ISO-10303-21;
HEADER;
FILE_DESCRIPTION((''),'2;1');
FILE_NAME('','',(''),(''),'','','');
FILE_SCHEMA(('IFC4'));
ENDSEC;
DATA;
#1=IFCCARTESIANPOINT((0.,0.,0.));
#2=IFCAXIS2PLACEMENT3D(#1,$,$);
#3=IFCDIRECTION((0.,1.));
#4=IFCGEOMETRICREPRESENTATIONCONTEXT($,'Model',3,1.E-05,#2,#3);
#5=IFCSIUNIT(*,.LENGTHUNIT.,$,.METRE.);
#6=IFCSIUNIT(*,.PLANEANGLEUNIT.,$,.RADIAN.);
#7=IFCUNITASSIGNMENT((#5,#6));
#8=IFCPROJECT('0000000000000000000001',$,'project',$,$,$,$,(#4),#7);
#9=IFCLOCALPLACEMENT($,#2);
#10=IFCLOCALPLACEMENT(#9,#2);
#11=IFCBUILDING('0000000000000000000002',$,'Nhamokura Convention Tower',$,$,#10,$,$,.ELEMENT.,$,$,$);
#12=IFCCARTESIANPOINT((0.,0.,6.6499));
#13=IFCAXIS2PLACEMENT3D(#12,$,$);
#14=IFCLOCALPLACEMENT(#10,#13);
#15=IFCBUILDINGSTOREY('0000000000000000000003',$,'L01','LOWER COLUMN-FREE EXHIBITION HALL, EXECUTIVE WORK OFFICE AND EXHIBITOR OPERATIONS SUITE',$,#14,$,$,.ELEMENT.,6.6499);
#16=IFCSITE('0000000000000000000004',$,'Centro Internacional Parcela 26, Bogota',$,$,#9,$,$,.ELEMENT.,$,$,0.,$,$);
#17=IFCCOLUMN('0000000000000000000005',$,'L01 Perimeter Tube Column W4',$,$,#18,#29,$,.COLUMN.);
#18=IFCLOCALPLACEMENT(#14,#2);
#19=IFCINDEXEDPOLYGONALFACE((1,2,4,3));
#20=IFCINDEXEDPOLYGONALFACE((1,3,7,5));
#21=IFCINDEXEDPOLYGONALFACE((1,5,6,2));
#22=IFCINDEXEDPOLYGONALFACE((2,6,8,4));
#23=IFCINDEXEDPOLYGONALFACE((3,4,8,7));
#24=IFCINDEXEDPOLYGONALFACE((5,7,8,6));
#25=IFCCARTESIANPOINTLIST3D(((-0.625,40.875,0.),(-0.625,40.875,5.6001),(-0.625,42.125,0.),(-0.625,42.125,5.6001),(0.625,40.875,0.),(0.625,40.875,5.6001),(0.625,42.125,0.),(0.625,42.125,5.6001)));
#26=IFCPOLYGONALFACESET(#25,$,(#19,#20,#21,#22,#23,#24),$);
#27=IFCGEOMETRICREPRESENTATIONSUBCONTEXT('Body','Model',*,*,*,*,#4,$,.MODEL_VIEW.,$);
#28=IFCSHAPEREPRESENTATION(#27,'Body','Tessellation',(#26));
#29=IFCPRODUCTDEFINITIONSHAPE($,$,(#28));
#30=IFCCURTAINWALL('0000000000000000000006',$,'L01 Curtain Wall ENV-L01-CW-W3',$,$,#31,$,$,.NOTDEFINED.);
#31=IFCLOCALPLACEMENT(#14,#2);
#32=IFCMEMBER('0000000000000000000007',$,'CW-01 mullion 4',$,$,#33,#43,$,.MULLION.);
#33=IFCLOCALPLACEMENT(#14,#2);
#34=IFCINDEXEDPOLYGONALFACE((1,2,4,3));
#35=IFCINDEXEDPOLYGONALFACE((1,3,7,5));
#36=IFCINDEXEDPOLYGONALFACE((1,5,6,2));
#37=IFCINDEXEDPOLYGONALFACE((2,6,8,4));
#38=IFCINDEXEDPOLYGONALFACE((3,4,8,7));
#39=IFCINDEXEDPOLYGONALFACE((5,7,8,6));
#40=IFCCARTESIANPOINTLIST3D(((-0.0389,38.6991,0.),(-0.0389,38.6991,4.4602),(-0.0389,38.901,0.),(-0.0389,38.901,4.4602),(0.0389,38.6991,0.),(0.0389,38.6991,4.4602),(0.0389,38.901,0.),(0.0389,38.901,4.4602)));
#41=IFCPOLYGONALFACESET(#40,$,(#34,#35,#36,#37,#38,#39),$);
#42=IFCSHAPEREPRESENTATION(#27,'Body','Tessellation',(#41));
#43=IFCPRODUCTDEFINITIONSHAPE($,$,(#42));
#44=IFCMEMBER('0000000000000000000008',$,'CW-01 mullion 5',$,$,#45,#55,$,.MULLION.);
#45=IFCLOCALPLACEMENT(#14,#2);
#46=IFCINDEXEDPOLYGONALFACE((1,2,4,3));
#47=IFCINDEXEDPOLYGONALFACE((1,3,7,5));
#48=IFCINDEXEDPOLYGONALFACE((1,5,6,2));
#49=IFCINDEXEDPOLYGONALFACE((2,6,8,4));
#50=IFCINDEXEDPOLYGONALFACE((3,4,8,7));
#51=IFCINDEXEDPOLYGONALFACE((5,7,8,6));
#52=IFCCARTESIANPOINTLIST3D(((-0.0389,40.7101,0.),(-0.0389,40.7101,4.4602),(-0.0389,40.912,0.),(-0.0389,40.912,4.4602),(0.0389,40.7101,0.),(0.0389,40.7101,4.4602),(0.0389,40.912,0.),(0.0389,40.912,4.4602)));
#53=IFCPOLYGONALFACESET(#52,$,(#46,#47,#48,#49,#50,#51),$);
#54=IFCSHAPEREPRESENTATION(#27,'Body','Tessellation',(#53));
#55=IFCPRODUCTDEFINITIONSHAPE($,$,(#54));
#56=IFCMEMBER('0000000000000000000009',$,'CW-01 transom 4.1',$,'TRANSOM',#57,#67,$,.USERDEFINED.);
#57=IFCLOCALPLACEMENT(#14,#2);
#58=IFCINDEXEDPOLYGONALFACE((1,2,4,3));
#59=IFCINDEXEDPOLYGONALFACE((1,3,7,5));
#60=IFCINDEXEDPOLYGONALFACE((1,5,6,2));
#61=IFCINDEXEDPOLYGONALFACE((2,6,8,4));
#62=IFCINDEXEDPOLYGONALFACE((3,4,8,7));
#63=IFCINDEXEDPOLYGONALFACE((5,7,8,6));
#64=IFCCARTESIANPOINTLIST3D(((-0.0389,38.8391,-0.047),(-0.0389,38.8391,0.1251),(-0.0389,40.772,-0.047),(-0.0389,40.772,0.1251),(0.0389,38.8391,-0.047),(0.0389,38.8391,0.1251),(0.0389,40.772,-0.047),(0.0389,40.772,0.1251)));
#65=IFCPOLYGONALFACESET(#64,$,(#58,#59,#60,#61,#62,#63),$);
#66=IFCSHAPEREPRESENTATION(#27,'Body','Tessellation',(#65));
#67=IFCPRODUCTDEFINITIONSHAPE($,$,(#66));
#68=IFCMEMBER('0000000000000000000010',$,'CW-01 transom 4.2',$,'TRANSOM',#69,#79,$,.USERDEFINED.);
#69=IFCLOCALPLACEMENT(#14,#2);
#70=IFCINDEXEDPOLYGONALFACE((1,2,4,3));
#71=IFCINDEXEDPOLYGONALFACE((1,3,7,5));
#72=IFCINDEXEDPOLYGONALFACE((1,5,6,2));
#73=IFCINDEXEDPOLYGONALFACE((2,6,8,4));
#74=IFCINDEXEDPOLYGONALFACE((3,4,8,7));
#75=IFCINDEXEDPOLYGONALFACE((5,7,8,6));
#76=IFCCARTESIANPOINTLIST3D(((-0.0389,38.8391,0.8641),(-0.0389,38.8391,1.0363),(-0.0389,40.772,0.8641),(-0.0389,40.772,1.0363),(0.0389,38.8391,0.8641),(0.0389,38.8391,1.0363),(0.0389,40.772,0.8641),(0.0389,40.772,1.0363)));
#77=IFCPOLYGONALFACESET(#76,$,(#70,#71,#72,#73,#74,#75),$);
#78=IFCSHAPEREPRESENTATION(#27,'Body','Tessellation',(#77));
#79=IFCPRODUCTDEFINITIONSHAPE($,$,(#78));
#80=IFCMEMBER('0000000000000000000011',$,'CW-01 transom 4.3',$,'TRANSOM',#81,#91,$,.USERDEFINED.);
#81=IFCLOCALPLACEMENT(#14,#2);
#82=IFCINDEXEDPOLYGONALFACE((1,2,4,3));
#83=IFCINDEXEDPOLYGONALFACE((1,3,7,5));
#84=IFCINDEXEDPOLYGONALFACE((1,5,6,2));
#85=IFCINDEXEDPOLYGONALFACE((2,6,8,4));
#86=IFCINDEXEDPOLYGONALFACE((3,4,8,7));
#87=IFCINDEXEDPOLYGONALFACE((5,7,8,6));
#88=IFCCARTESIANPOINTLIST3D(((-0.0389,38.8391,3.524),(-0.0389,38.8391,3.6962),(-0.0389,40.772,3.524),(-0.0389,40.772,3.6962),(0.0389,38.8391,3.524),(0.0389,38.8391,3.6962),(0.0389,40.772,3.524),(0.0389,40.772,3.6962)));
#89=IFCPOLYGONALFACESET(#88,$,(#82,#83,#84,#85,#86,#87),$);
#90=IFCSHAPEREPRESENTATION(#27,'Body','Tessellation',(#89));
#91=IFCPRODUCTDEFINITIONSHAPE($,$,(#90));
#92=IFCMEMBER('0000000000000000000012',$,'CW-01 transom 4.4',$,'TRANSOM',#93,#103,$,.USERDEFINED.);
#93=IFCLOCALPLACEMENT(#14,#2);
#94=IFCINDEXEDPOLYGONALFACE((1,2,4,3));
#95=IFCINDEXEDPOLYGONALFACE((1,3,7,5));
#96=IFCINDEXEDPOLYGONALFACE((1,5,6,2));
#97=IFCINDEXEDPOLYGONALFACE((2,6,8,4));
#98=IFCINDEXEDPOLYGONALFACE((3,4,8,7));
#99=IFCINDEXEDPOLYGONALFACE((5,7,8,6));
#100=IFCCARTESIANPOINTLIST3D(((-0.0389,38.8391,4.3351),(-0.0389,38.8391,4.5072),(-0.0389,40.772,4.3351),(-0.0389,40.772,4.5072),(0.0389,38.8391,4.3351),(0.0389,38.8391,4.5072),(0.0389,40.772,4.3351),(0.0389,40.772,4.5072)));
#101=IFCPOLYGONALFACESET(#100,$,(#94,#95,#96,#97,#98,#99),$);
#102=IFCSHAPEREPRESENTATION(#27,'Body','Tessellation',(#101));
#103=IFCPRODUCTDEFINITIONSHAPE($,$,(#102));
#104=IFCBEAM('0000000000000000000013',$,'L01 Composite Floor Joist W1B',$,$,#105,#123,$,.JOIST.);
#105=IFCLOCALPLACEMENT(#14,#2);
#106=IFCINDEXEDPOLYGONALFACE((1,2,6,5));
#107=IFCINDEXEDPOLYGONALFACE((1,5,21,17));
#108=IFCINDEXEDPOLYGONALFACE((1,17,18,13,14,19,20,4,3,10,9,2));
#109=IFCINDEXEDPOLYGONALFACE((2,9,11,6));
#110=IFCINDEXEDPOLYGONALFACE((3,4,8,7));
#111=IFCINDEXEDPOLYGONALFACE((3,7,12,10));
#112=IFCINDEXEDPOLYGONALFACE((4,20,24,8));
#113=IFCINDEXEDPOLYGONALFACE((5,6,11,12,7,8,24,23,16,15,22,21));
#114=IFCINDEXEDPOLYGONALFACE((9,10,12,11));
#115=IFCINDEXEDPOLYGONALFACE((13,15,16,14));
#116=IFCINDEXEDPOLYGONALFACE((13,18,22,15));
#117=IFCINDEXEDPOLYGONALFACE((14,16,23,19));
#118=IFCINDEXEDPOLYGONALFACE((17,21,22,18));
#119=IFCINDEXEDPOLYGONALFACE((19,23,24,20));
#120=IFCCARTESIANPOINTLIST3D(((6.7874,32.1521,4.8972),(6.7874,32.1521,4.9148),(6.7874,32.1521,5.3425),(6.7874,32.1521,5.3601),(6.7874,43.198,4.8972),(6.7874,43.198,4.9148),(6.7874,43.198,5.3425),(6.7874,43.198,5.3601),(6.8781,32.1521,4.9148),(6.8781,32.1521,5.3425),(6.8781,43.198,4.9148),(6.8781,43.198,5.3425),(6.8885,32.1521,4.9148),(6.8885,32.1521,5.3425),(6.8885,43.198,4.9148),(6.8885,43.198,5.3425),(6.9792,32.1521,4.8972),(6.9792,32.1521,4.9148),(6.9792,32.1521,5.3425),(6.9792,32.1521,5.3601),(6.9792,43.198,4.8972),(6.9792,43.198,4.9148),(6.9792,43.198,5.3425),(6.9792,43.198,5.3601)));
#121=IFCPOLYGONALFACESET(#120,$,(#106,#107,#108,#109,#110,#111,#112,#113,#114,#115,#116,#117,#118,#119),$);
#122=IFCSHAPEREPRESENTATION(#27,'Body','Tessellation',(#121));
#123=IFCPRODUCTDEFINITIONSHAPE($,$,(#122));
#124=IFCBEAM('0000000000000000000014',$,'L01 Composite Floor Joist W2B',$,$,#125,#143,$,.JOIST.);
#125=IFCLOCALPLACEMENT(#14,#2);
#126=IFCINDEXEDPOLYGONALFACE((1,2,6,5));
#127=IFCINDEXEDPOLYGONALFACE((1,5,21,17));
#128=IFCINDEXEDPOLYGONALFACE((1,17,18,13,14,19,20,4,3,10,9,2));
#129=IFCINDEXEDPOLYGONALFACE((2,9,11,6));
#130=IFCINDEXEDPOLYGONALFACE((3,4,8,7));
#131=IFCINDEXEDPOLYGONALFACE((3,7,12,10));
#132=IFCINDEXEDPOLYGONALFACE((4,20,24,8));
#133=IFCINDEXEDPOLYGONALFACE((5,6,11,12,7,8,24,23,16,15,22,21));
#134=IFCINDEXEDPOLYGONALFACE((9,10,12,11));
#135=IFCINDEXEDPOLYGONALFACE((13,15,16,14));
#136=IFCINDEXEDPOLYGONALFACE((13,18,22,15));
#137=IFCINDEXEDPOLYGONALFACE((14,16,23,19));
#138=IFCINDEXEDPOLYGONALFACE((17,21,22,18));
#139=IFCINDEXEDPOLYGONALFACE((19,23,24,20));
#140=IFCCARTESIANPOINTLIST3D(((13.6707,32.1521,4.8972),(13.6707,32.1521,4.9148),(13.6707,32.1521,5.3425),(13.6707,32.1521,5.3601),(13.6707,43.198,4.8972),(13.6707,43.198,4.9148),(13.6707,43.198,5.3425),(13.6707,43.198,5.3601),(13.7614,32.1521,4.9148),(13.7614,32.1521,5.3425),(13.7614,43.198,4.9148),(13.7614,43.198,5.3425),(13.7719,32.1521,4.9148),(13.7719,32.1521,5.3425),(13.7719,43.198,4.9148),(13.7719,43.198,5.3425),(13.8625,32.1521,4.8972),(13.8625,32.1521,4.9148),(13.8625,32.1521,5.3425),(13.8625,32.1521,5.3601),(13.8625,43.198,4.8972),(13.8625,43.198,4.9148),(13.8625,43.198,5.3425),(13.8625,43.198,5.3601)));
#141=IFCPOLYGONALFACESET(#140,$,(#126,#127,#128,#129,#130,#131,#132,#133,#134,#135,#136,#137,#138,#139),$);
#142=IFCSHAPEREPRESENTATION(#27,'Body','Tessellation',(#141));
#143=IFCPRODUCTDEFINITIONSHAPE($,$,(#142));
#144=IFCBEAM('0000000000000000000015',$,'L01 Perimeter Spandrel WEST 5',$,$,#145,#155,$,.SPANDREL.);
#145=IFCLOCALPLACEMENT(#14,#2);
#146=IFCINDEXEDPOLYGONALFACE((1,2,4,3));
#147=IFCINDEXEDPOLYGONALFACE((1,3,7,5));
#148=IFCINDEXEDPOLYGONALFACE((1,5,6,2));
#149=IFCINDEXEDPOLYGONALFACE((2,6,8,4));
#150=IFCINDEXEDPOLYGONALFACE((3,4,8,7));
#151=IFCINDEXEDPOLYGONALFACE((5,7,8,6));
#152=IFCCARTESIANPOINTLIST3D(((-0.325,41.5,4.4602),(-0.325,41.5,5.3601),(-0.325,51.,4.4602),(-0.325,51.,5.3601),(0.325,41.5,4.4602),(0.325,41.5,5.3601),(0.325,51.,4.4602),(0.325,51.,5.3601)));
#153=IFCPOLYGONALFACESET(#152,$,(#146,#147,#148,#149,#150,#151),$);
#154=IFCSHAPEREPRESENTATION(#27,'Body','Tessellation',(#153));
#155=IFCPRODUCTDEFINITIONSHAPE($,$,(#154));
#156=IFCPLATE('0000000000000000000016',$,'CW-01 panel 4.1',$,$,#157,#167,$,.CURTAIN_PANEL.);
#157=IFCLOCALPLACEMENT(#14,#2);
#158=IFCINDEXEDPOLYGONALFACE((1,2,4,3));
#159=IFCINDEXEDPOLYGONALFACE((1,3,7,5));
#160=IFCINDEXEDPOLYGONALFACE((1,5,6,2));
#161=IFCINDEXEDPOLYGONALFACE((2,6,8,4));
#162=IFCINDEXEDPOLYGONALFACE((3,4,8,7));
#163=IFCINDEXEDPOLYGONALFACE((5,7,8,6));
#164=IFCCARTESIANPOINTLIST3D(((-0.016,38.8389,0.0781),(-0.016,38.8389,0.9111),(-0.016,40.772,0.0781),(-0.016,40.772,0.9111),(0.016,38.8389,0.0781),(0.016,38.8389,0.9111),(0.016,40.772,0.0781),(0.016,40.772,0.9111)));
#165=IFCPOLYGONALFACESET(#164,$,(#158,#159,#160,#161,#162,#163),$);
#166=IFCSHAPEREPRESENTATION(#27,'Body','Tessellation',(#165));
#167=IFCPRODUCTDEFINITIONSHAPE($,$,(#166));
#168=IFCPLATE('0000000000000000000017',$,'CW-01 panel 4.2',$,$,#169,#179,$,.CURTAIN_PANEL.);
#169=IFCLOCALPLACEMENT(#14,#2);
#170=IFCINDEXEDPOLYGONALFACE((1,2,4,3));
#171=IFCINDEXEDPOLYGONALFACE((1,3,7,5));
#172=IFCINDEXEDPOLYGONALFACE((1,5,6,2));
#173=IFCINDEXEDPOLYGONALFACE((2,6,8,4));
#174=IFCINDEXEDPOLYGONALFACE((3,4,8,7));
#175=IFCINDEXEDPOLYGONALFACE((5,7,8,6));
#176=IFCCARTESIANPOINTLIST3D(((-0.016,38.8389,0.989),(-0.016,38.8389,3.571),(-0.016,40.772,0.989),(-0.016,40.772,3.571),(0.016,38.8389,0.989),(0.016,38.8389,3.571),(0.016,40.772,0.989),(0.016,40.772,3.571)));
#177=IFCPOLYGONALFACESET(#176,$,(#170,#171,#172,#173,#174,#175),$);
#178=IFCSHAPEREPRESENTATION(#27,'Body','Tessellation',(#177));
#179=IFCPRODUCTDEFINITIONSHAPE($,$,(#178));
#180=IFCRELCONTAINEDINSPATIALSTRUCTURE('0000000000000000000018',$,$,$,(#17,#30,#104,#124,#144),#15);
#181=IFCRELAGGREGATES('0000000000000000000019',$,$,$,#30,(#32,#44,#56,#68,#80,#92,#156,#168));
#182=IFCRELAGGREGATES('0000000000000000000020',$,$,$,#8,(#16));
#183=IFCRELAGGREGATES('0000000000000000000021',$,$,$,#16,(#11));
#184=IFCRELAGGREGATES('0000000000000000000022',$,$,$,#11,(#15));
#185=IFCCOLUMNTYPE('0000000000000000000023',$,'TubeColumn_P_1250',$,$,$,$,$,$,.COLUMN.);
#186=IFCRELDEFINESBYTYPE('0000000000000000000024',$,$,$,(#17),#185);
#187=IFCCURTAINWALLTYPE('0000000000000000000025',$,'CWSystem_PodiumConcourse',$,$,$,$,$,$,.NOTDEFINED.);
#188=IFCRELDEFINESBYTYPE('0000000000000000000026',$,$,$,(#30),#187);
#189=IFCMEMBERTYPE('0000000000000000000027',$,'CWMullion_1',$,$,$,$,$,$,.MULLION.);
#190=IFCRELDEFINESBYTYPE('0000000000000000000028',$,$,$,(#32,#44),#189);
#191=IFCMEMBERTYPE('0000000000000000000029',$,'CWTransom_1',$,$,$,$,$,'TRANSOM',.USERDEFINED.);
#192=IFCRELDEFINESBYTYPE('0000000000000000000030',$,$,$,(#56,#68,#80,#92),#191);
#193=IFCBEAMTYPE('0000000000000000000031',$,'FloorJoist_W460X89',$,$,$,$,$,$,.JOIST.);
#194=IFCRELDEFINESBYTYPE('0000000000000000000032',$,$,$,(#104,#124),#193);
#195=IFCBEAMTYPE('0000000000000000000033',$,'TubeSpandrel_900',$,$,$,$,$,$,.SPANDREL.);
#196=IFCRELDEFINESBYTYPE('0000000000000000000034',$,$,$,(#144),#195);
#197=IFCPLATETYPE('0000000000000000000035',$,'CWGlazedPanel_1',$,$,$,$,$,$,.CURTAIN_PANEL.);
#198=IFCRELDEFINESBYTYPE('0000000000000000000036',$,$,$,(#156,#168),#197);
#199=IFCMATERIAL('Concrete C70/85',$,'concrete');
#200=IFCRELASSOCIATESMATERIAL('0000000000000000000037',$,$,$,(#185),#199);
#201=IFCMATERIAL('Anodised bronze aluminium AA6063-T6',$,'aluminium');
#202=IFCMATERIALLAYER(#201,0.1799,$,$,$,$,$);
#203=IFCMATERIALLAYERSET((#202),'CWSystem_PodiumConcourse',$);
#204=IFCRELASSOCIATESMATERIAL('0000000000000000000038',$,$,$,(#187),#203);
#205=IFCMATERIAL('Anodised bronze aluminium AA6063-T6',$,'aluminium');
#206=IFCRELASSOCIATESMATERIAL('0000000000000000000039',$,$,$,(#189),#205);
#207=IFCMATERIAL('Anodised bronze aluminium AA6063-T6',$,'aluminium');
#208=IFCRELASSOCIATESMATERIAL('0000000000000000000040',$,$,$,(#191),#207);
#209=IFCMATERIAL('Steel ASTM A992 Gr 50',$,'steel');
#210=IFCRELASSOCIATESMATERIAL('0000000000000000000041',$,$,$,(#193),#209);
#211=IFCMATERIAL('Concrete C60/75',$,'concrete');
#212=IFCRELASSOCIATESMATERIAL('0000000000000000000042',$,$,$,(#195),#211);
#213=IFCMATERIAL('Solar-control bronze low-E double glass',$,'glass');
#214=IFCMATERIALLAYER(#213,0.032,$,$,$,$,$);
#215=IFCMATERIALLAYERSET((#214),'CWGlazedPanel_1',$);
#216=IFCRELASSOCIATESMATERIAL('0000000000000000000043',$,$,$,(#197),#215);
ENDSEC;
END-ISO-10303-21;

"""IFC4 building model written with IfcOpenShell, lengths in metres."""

from ifc_helpers import new_model, si_unit, direction, frame, origin, origin_2d, place, context, subcontext, project, spatial, rectangle, i_section, extrude, material, layer, layer_set, material_profile, profile_set, type_object, element, aggregate, save


model = new_model("IFC4")

# Units and contexts
model_context = context("Model", 3, precision=1e-05, world=origin(), true_north=direction((0.0, 1.0)))
body_context = subcontext(model_context, "Body", "Model", "MODEL_VIEW")
ifc_project = project(units=[si_unit("LENGTHUNIT", "METRE"), si_unit("PLANEANGLEUNIT", "RADIAN")], contexts=[model_context])

# Site, building, storey
site_placement = place(None, origin())
site = spatial("IfcSite", under=ifc_project, at=site_placement, Name="Centro Internacional Parcela 26, Bogota", CompositionType="ELEMENT", RefElevation=0.0)
building_placement = place(site_placement, origin())
building = spatial("IfcBuilding", under=site, at=building_placement, Name="Nhamokura Convention Tower", CompositionType="ELEMENT")
storey_placement = place(building_placement, frame((0.0, 0.0, 6.6499)))
storey = spatial("IfcBuildingStorey", under=building, at=storey_placement, Name="L01", Description="LOWER COLUMN-FREE EXHIBITION HALL, EXECUTIVE WORK OFFICE AND EXHIBITOR OPERATIONS SUITE", CompositionType="ELEMENT", Elevation=6.6499)

# Column
ifc_material_1 = material(Name="Concrete C70/85", Category="concrete")
ifc_material_profile_1 = material_profile(ifc_material_1, rectangle(XDim=1.25, YDim=1.25, at=origin_2d()))
ifc_profile_set_1 = profile_set([ifc_material_profile_1], Name="Concrete C70/85")
column_type = type_object("IfcColumnType", Name="TubeColumn_P_1250", PredefinedType="COLUMN", material=ifc_profile_set_1)
column_placement = place(storey_placement, frame((0.0, 41.5, 0.0), z_axis=(0.0, 0.0, 1.0), x_axis=(1.0, 0.0, 0.0)))
element("IfcColumn", 1, at=column_placement, inside=storey, type_object=column_type, Name="L01 Perimeter Tube Column W4", PredefinedType="COLUMN", context=body_context, shape_type="SweptSolid", body=[
    extrude(rectangle(XDim=1.25, YDim=1.25, at=origin_2d()), origin(), (0.0, 0.0, 1.0), 5.6001),
])

# Curtain wall, members
ifc_material_2 = material(Name="Anodised bronze aluminium AA6063-T6", Category="aluminium")
ifc_layer_1 = layer(ifc_material_2, 0.1799)
ifc_layer_set_1 = layer_set([ifc_layer_1], Name="CWSystem_PodiumConcourse")
curtain_wall_type = type_object("IfcCurtainWallType", Name="CWSystem_PodiumConcourse", PredefinedType="NOTDEFINED", material=ifc_layer_set_1)
curtain_wall_placement = place(storey_placement, origin())
curtain_wall = element("IfcCurtainWall", 2, at=curtain_wall_placement, inside=storey, type_object=curtain_wall_type, Name="L01 Curtain Wall ENV-L01-CW-W3", PredefinedType="NOTDEFINED")
ifc_material_3 = material(Name="Anodised bronze aluminium AA6063-T6", Category="aluminium")
ifc_material_profile_2 = material_profile(ifc_material_3, rectangle(XDim=0.0779, YDim=0.2019, at=origin_2d()))
ifc_profile_set_2 = profile_set([ifc_material_profile_2], Name="Anodised bronze aluminium AA6063-T6")
member_type_1 = type_object("IfcMemberType", Name="CWMullion_1", PredefinedType="MULLION", material=ifc_profile_set_2)
member_1_placement = place(storey_placement, frame((0.0, 38.8, 0.0), z_axis=(0.0, 0.0, 1.0), x_axis=(-1.0, 0.0, 0.0)))
member_1 = element("IfcMember", 3, at=member_1_placement, type_object=member_type_1, Name="CW-01 mullion 4", PredefinedType="MULLION", context=body_context, shape_type="SweptSolid", body=[
    extrude(rectangle(XDim=0.0779, YDim=0.2019, at=origin_2d()), origin(), (0.0, 0.0, 1.0), 4.4602),
])
member_2_placement = place(storey_placement, frame((0.0, 40.811, 0.0), z_axis=(0.0, 0.0, 1.0), x_axis=(-1.0, 0.0, 0.0)))
member_2 = element("IfcMember", 4, at=member_2_placement, type_object=member_type_1, Name="CW-01 mullion 5", PredefinedType="MULLION", context=body_context, shape_type="SweptSolid", body=[
    extrude(rectangle(XDim=0.0779, YDim=0.2019, at=origin_2d()), origin(), (0.0, 0.0, 1.0), 4.4602),
])
ifc_material_4 = material(Name="Anodised bronze aluminium AA6063-T6", Category="aluminium")
ifc_material_profile_3 = material_profile(ifc_material_4, rectangle(XDim=0.0779, YDim=0.1721, at=origin_2d()))
ifc_profile_set_3 = profile_set([ifc_material_profile_3], Name="Anodised bronze aluminium AA6063-T6")
member_type_2 = type_object("IfcMemberType", Name="CWTransom_1", ElementType="TRANSOM", PredefinedType="USERDEFINED", material=ifc_profile_set_3)
member_3_placement = place(storey_placement, frame((0.0, 38.8391, 0.0391), z_axis=(0.0, 1.0, 0.0), x_axis=(-1.0, 0.0, 0.0)))
member_3 = element("IfcMember", 5, at=member_3_placement, type_object=member_type_2, Name="CW-01 transom 4.1", ObjectType="TRANSOM", PredefinedType="USERDEFINED", context=body_context, shape_type="SweptSolid", body=[
    extrude(rectangle(XDim=0.0779, YDim=0.1721, at=origin_2d()), origin(), (0.0, 0.0, 1.0), 1.9329),
])
member_4_placement = place(storey_placement, frame((0.0, 38.8391, 0.9502), z_axis=(0.0, 1.0, 0.0), x_axis=(-1.0, 0.0, 0.0)))
member_4 = element("IfcMember", 6, at=member_4_placement, type_object=member_type_2, Name="CW-01 transom 4.2", ObjectType="TRANSOM", PredefinedType="USERDEFINED", context=body_context, shape_type="SweptSolid", body=[
    extrude(rectangle(XDim=0.0779, YDim=0.1721, at=origin_2d()), origin(), (0.0, 0.0, 1.0), 1.9329),
])
member_5_placement = place(storey_placement, frame((0.0, 38.8391, 3.6101), z_axis=(0.0, 1.0, 0.0), x_axis=(-1.0, 0.0, 0.0)))
member_5 = element("IfcMember", 7, at=member_5_placement, type_object=member_type_2, Name="CW-01 transom 4.3", ObjectType="TRANSOM", PredefinedType="USERDEFINED", context=body_context, shape_type="SweptSolid", body=[
    extrude(rectangle(XDim=0.0779, YDim=0.1721, at=origin_2d()), origin(), (0.0, 0.0, 1.0), 1.9329),
])
member_6_placement = place(storey_placement, frame((0.0, 38.8391, 4.4211), z_axis=(0.0, 1.0, 0.0), x_axis=(-1.0, 0.0, 0.0)))
member_6 = element("IfcMember", 8, at=member_6_placement, type_object=member_type_2, Name="CW-01 transom 4.4", ObjectType="TRANSOM", PredefinedType="USERDEFINED", context=body_context, shape_type="SweptSolid", body=[
    extrude(rectangle(XDim=0.0779, YDim=0.1721, at=origin_2d()), origin(), (0.0, 0.0, 1.0), 1.9329),
])

# Beams
ifc_material_5 = material(Name="Steel ASTM A992 Gr 50", Category="steel")
ifc_material_profile_4 = material_profile(ifc_material_5, i_section(OverallWidth=0.1919, OverallDepth=0.4629, WebThickness=0.0105, FlangeThickness=0.0176, at=origin_2d()))
ifc_profile_set_4 = profile_set([ifc_material_profile_4], Name="Steel ASTM A992 Gr 50")
beam_type_1 = type_object("IfcBeamType", Name="FloorJoist_W460X89", PredefinedType="JOIST", material=ifc_profile_set_4)
for number, where, z_axis, x_axis, name in (
    (9, (6.8833, 32.1521, 5.1287), (0.0, 1.0, 0.0), (-1.0, 0.0, 0.0), "L01 Composite Floor Joist W1B"),
    (10, (13.7666, 32.1521, 5.1287), (0.0, 1.0, 0.0), (-1.0, 0.0, 0.0), "L01 Composite Floor Joist W2B"),
):
    element("IfcBeam", number, at=place(storey_placement, frame(where, z_axis=z_axis, x_axis=x_axis)), inside=storey, type_object=beam_type_1, Name=name, PredefinedType="JOIST", context=body_context, shape_type="SweptSolid", body=[
        extrude(i_section(OverallWidth=0.1919, OverallDepth=0.4629, WebThickness=0.0105, FlangeThickness=0.0176, at=origin_2d()), origin(), (0.0, 0.0, 1.0), 11.0459),
    ])
ifc_material_6 = material(Name="Concrete C60/75", Category="concrete")
ifc_material_profile_5 = material_profile(ifc_material_6, rectangle(XDim=0.6499, YDim=0.8999, at=origin_2d()))
ifc_profile_set_5 = profile_set([ifc_material_profile_5], Name="Concrete C60/75")
beam_type_2 = type_object("IfcBeamType", Name="TubeSpandrel_900", PredefinedType="SPANDREL", material=ifc_profile_set_5)
beam_placement = place(storey_placement, frame((0.0, 41.5, 4.9102), z_axis=(0.0, 1.0, 0.0), x_axis=(-1.0, 0.0, 0.0)))
element("IfcBeam", 11, at=beam_placement, inside=storey, type_object=beam_type_2, Name="L01 Perimeter Spandrel WEST 5", PredefinedType="SPANDREL", context=body_context, shape_type="SweptSolid", body=[
    extrude(rectangle(XDim=0.6499, YDim=0.8999, at=origin_2d()), origin(), (0.0, 0.0, 1.0), 9.5),
])

# Plates
ifc_material_7 = material(Name="Solar-control bronze low-E double glass", Category="glass")
ifc_layer_2 = layer(ifc_material_7, 0.032)
ifc_layer_set_2 = layer_set([ifc_layer_2], Name="CWGlazedPanel_1")
plate_type = type_object("IfcPlateType", Name="CWGlazedPanel_1", PredefinedType="CURTAIN_PANEL", material=ifc_layer_set_2)
plate_1_placement = place(storey_placement, frame((0.0, 39.8054, 0.0781), z_axis=(0.0, 0.0, 1.0), x_axis=(0.0, 1.0, 0.0)))
plate_1 = element("IfcPlate", 12, at=plate_1_placement, type_object=plate_type, Name="CW-01 panel 4.1", PredefinedType="CURTAIN_PANEL", context=body_context, shape_type="SweptSolid", body=[
    extrude(rectangle(XDim=1.9331, YDim=0.032, at=origin_2d()), origin(), (0.0, 0.0, 1.0), 0.833),
])
plate_2_placement = place(storey_placement, frame((0.0, 39.8054, 0.989), z_axis=(0.0, 0.0, 1.0), x_axis=(0.0, 1.0, 0.0)))
plate_2 = element("IfcPlate", 13, at=plate_2_placement, type_object=plate_type, Name="CW-01 panel 4.2", PredefinedType="CURTAIN_PANEL", context=body_context, shape_type="SweptSolid", body=[
    extrude(rectangle(XDim=1.9331, YDim=0.032, at=origin_2d()), origin(), (0.0, 0.0, 1.0), 2.582),
])
aggregate(curtain_wall, [member_1, member_2, member_3, member_4, member_5, member_6, plate_1, plate_2])

save(model, "model.ifc")
